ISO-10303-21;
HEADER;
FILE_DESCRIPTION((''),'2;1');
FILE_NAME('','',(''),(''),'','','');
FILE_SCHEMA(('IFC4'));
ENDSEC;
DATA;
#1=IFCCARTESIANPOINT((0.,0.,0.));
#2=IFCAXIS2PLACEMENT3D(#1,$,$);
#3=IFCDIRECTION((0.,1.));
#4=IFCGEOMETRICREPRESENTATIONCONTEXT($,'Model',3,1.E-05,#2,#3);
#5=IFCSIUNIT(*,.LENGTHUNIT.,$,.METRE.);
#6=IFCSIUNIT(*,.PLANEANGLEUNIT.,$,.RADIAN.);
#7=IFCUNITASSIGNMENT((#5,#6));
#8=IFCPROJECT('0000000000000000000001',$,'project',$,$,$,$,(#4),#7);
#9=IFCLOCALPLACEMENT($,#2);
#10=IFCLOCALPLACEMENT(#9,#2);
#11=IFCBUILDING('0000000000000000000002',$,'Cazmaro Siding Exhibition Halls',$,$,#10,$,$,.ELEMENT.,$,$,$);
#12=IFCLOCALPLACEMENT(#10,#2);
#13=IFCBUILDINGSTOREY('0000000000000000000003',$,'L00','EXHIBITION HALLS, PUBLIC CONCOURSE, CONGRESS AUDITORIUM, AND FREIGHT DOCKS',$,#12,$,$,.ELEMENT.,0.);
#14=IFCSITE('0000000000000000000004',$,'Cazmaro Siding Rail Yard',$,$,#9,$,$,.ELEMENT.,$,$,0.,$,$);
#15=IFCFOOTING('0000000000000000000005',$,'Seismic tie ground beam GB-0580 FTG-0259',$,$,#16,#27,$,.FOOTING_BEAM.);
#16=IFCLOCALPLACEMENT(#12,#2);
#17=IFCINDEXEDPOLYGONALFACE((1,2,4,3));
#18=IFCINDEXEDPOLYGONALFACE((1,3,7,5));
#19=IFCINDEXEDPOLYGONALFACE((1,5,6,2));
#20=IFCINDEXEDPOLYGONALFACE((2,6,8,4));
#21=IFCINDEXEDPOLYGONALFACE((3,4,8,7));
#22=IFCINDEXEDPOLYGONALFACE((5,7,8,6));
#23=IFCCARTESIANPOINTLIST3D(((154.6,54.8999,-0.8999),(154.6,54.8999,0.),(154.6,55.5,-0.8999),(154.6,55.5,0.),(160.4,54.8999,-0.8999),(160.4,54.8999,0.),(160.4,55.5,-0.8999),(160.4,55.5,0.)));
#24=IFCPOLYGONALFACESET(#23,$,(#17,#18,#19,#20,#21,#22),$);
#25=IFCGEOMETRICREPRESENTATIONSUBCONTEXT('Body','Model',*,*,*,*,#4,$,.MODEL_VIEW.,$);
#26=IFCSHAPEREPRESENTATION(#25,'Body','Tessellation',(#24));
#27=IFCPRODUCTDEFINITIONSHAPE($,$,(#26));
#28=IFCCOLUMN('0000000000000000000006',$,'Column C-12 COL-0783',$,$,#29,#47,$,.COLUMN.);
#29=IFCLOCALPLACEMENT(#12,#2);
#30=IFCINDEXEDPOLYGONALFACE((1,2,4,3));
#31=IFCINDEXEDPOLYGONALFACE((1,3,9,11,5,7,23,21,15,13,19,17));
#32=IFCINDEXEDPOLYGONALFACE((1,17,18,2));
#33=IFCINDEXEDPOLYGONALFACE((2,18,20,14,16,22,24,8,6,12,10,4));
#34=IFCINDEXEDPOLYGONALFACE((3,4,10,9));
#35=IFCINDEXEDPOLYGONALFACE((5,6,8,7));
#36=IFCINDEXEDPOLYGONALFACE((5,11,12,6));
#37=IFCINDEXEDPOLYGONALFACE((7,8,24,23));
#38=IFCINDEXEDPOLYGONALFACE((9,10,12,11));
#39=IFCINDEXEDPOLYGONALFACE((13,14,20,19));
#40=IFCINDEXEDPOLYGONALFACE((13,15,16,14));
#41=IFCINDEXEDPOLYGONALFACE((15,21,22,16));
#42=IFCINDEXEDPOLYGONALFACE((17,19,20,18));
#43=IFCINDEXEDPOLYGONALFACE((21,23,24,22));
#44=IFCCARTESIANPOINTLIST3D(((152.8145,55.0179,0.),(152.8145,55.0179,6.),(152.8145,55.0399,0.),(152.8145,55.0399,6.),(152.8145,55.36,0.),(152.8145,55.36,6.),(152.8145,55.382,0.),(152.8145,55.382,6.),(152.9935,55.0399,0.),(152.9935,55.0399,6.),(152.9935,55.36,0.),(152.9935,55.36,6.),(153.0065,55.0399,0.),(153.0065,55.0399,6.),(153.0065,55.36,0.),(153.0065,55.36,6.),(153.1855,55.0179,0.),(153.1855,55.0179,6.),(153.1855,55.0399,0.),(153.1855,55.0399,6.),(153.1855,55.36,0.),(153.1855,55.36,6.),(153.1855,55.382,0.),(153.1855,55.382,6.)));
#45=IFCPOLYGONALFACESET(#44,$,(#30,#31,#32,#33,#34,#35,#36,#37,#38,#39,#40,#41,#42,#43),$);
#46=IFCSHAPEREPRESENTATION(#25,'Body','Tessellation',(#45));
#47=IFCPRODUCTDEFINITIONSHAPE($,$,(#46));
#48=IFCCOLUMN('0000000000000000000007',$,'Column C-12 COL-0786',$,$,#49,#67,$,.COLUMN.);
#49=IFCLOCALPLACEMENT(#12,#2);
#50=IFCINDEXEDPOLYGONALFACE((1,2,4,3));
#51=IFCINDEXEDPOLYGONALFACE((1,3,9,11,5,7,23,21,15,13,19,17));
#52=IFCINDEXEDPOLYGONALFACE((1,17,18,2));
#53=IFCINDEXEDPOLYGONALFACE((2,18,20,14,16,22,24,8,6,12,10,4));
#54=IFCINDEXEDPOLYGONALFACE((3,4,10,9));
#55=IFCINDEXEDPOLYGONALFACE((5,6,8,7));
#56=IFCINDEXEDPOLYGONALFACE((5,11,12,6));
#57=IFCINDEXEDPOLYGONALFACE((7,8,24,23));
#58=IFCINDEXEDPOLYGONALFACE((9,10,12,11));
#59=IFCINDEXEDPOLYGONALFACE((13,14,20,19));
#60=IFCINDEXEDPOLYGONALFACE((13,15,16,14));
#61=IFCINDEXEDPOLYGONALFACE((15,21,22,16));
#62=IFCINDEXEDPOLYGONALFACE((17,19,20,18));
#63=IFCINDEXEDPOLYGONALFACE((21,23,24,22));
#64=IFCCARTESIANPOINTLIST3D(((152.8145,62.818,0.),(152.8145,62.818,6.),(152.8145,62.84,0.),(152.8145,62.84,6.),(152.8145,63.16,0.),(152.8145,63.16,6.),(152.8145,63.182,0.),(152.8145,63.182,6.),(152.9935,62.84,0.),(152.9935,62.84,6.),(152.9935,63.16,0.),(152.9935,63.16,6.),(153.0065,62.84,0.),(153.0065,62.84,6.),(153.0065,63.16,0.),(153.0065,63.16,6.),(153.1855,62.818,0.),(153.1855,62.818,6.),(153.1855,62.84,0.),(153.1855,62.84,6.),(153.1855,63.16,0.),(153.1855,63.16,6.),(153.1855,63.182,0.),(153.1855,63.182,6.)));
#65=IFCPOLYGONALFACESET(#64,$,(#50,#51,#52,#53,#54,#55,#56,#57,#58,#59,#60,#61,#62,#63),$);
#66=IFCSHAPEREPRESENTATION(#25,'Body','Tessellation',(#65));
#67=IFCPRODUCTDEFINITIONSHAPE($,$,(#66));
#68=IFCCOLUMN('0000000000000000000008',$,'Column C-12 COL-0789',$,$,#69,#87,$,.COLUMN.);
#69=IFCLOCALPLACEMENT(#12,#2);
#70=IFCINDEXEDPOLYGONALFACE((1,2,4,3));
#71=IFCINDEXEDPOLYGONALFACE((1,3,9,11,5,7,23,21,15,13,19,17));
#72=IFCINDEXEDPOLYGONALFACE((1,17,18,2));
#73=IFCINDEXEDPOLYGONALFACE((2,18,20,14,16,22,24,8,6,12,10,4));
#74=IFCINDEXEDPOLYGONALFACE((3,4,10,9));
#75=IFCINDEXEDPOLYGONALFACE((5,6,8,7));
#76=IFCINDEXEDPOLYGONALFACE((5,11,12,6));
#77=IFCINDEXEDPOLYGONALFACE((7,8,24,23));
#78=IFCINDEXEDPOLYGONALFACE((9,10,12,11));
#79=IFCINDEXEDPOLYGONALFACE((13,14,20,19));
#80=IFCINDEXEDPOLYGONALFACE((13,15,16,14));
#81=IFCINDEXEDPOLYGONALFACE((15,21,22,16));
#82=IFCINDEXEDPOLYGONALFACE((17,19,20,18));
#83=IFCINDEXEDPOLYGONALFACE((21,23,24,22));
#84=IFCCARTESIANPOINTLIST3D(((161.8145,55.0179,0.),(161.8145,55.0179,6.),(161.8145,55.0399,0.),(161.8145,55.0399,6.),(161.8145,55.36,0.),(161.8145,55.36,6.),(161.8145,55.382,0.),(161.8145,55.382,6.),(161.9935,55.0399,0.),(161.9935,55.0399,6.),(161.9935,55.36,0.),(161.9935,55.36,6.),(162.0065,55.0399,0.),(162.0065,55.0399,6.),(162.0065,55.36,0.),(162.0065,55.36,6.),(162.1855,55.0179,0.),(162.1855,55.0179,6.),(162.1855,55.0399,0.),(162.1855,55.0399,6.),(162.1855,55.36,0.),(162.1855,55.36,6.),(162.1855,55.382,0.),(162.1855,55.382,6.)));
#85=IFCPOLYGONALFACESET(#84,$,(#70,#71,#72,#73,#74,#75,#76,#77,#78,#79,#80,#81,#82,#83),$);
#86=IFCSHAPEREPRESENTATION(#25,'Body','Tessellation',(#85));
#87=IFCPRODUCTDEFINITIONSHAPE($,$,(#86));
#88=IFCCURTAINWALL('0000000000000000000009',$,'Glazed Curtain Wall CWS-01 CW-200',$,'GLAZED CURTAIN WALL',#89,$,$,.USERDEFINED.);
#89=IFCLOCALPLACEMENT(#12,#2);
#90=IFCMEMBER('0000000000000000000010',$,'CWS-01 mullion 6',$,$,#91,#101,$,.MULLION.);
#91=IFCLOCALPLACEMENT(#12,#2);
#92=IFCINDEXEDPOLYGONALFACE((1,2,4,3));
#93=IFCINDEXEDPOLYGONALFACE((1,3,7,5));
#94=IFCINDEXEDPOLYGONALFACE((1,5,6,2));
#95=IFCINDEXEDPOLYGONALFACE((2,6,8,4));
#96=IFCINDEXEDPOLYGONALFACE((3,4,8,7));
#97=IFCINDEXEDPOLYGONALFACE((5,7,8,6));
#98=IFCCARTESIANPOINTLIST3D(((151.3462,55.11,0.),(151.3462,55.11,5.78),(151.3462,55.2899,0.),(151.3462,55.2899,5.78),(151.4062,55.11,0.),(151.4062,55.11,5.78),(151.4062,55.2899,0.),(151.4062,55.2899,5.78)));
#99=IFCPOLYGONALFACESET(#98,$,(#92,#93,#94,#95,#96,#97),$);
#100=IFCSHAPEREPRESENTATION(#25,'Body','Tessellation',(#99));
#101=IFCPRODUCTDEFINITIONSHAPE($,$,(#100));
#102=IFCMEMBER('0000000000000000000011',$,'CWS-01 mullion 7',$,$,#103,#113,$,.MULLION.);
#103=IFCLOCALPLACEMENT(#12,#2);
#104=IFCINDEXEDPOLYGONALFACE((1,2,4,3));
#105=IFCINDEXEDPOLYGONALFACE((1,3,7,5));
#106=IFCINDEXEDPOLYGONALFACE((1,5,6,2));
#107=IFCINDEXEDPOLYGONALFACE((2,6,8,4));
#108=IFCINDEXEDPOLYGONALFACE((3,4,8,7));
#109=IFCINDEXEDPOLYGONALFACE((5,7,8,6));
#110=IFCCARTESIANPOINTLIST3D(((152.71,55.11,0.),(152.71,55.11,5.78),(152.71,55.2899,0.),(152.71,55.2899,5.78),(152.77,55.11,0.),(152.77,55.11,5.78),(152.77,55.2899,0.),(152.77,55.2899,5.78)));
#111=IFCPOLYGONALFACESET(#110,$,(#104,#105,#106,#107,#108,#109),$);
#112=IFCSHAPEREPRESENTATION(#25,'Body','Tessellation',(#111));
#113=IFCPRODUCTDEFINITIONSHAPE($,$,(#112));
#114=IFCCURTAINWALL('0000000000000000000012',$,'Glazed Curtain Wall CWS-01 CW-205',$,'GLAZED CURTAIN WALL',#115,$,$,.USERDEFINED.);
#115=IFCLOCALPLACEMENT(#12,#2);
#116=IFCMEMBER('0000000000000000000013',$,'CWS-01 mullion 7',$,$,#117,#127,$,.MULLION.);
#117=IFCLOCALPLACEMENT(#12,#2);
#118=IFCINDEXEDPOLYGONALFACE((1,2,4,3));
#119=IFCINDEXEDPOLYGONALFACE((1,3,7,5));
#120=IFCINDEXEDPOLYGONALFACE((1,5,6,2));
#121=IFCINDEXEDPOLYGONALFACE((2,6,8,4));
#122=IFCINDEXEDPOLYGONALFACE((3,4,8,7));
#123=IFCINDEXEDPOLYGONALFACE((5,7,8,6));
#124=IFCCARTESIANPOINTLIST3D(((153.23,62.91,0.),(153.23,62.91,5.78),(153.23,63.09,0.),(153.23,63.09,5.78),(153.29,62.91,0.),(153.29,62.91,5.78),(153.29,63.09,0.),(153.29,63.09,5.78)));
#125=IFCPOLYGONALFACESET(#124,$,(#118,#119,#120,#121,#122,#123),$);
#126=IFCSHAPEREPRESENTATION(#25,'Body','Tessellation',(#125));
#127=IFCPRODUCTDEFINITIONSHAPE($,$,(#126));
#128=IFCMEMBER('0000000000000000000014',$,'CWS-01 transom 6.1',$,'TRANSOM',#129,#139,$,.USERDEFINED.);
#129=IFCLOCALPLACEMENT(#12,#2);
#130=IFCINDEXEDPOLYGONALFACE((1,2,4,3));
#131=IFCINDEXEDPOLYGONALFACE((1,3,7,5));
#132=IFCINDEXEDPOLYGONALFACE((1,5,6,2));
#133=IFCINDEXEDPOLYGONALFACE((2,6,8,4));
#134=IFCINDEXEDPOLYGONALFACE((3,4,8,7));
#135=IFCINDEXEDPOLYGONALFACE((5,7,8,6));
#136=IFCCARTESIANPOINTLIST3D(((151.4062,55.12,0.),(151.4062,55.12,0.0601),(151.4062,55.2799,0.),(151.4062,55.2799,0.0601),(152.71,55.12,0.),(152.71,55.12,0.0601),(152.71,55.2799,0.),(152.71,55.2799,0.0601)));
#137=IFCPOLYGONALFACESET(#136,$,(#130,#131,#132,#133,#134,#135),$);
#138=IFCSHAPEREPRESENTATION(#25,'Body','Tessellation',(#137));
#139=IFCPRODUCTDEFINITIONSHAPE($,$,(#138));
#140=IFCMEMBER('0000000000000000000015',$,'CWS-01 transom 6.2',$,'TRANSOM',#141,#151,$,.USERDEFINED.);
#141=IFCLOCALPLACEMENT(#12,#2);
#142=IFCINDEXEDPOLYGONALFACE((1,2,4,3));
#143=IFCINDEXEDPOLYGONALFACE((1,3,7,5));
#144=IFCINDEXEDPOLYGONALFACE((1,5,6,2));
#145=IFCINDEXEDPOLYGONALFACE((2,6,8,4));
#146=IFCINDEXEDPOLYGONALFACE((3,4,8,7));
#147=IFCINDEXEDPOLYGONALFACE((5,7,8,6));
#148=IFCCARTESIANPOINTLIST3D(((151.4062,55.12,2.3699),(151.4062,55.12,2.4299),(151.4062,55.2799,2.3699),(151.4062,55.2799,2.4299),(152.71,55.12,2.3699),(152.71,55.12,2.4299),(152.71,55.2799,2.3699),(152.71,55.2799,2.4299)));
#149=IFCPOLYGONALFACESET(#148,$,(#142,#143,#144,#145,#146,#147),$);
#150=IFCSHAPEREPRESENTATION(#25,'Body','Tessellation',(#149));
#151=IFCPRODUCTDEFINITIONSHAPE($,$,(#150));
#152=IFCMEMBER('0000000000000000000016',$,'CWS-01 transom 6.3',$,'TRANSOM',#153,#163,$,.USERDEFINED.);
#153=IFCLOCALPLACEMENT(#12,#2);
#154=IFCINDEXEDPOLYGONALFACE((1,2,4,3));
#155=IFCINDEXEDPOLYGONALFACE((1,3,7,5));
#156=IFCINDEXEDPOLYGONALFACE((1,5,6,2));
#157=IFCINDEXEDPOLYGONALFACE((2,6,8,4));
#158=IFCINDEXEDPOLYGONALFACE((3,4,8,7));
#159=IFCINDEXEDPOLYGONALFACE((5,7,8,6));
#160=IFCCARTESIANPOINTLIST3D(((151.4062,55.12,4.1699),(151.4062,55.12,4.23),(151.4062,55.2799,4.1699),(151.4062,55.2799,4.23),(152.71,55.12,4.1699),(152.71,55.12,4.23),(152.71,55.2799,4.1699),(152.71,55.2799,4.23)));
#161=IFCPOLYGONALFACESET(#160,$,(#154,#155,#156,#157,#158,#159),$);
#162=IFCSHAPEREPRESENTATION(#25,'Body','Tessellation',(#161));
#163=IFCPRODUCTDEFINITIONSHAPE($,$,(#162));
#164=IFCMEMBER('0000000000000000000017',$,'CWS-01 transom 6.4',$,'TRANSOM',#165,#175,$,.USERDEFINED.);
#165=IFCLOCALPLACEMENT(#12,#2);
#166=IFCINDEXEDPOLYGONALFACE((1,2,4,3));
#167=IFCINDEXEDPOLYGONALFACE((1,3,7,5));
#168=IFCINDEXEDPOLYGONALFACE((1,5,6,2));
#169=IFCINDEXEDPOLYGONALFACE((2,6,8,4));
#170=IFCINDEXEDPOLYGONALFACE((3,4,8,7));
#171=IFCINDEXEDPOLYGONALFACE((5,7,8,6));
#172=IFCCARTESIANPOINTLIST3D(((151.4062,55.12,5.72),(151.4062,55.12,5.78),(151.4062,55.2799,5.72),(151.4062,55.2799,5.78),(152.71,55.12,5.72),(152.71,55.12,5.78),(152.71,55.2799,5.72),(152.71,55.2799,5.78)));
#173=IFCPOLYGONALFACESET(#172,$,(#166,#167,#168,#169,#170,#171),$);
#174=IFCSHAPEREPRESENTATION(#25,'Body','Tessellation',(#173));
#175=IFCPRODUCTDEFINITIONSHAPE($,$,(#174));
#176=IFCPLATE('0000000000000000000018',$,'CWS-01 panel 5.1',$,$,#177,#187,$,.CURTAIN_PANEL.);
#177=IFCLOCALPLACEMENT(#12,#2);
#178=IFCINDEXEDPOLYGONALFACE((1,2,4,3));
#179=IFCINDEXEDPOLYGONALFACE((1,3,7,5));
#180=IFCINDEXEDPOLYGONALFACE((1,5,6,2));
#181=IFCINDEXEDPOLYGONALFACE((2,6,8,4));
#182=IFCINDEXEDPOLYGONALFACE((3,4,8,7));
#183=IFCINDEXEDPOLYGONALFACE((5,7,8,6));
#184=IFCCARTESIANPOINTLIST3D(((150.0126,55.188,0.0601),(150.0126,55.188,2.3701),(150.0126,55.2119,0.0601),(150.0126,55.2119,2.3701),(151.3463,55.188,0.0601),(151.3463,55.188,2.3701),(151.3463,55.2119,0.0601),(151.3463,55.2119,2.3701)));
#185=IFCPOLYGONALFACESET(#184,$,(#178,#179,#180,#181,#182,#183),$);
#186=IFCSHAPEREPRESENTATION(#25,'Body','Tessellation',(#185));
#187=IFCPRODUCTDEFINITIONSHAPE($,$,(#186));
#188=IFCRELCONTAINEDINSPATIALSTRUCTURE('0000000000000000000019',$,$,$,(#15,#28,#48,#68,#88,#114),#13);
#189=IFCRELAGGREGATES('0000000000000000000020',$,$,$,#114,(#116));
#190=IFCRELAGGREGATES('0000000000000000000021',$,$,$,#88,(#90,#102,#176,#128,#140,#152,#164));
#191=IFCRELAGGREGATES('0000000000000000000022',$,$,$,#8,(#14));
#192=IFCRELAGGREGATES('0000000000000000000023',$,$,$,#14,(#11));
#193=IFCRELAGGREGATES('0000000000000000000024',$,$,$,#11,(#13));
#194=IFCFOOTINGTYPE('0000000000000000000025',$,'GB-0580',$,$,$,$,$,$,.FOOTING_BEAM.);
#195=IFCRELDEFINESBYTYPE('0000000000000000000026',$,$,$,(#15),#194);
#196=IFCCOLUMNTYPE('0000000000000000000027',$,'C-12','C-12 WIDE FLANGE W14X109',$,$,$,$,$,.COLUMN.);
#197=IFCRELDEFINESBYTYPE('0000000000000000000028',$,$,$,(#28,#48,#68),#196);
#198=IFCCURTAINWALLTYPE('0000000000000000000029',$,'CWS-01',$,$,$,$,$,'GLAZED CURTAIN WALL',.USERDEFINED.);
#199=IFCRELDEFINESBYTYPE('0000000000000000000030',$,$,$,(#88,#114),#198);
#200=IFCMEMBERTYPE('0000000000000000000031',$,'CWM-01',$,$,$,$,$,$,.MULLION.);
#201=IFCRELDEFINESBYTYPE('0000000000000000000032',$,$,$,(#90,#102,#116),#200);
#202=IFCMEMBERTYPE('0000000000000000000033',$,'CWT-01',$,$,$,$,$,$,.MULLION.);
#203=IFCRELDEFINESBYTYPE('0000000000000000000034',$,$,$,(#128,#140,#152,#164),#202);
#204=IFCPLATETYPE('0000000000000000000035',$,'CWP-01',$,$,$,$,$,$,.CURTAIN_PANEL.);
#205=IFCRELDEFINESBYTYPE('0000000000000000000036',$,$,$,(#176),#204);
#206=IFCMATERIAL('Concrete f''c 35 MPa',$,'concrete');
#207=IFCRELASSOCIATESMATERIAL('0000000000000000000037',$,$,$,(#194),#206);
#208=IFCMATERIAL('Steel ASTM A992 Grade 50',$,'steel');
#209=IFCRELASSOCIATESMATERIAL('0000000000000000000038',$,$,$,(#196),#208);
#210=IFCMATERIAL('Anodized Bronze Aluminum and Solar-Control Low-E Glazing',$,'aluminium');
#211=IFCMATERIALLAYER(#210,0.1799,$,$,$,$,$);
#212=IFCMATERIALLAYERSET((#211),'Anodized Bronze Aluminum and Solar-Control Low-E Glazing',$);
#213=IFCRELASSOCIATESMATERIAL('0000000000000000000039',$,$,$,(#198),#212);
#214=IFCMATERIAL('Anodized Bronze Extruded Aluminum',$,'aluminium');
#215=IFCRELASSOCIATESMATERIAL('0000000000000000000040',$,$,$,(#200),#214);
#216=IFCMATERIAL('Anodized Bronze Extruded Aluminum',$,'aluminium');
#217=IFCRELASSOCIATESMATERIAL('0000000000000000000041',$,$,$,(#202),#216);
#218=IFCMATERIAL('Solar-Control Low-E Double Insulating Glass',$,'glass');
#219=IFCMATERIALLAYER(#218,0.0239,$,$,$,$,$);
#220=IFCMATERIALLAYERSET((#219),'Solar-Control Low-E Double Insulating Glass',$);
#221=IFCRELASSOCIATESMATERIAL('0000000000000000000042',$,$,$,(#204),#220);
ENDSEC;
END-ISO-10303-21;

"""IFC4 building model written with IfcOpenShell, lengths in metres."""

from ifc_helpers import new_model, si_unit, direction, frame, origin, origin_2d, place, context, subcontext, project, spatial, rectangle, i_section, extrude, material, layer, layer_set, material_profile, profile_set, type_object, element, aggregate, save


model = new_model("IFC4")

# Units and contexts
model_context = context("Model", 3, precision=1e-05, world=origin(), true_north=direction((0.0, 1.0)))
body_context = subcontext(model_context, "Body", "Model", "MODEL_VIEW")
ifc_project = project(units=[si_unit("LENGTHUNIT", "METRE"), si_unit("PLANEANGLEUNIT", "RADIAN")], contexts=[model_context])

# Site, building, storey
site_placement = place(None, origin())
site = spatial("IfcSite", under=ifc_project, at=site_placement, Name="Cazmaro Siding Rail Yard", CompositionType="ELEMENT", RefElevation=0.0)
building_placement = place(site_placement, origin())
building = spatial("IfcBuilding", under=site, at=building_placement, Name="Cazmaro Siding Exhibition Halls", CompositionType="ELEMENT")
storey_placement = place(building_placement, origin())
storey = spatial("IfcBuildingStorey", under=building, at=storey_placement, Name="L00", Description="EXHIBITION HALLS, PUBLIC CONCOURSE, CONGRESS AUDITORIUM, AND FREIGHT DOCKS", CompositionType="ELEMENT", Elevation=0.0)

# Footing
ifc_material_1 = material(Name="Concrete f'c 35 MPa", Category="concrete")
footing_type = type_object("IfcFootingType", Name="GB-0580", PredefinedType="FOOTING_BEAM", material=ifc_material_1)
footing_placement = place(storey_placement, frame((157.5, 55.2, -0.8999), z_axis=(0.0, 0.0, 1.0), x_axis=(1.0, 0.0, 0.0)))
element("IfcFooting", 1, at=footing_placement, inside=storey, type_object=footing_type, Name="Seismic tie ground beam GB-0580 FTG-0259", PredefinedType="FOOTING_BEAM", context=body_context, shape_type="SweptSolid", body=[
    extrude(rectangle(XDim=5.8, YDim=0.6001, at=origin_2d()), origin(), (0.0, 0.0, 1.0), 0.8999),
])

# Columns
ifc_material_2 = material(Name="Steel ASTM A992 Grade 50", Category="steel")
ifc_material_profile_1 = material_profile(ifc_material_2, i_section(OverallWidth=0.3711, OverallDepth=0.364, WebThickness=0.0129, FlangeThickness=0.022, at=origin_2d()), Name="W14X109")
ifc_profile_set_1 = profile_set([ifc_material_profile_1], Name="Steel ASTM A992 Grade 50")
column_type = type_object("IfcColumnType", Name="C-12", Description="C-12 WIDE FLANGE W14X109", PredefinedType="COLUMN", material=ifc_profile_set_1)
for number, where, z_axis, x_axis, name in (
    (2, (153.0, 55.2, 0.0), (0.0, 0.0, 1.0), (1.0, 0.0, 0.0), "Column C-12 COL-0783"),
    (3, (153.0, 63.0, 0.0), (0.0, 0.0, 1.0), (1.0, 0.0, 0.0), "Column C-12 COL-0786"),
    (4, (162.0, 55.2, 0.0), (0.0, 0.0, 1.0), (1.0, 0.0, 0.0), "Column C-12 COL-0789"),
):
    element("IfcColumn", number, at=place(storey_placement, frame(where, z_axis=z_axis, x_axis=x_axis)), inside=storey, type_object=column_type, Name=name, PredefinedType="COLUMN", context=body_context, shape_type="SweptSolid", body=[
        extrude(i_section(OverallWidth=0.3711, OverallDepth=0.364, WebThickness=0.0129, FlangeThickness=0.022, at=origin_2d()), origin(), (0.0, 0.0, 1.0), 6.0),
    ])

# Curtain wall, members
ifc_material_3 = material(Name="Anodized Bronze Aluminum and Solar-Control Low-E Glazing", Category="aluminium")
ifc_layer_1 = layer(ifc_material_3, 0.1799)
ifc_layer_set_1 = layer_set([ifc_layer_1], Name="Anodized Bronze Aluminum and Solar-Control Low-E Glazing")
curtain_wall_type = type_object("IfcCurtainWallType", Name="CWS-01", ElementType="GLAZED CURTAIN WALL", PredefinedType="USERDEFINED", material=ifc_layer_set_1)
curtain_wall_1_placement = place(storey_placement, origin())
curtain_wall_1 = element("IfcCurtainWall", 5, at=curtain_wall_1_placement, inside=storey, type_object=curtain_wall_type, Name="Glazed Curtain Wall CWS-01 CW-200", ObjectType="GLAZED CURTAIN WALL", PredefinedType="USERDEFINED")
ifc_material_4 = material(Name="Anodized Bronze Extruded Aluminum", Category="aluminium")
ifc_material_profile_2 = material_profile(ifc_material_4, rectangle(XDim=0.1799, YDim=0.0601, at=origin_2d()), Name="CWM-01")
ifc_profile_set_2 = profile_set([ifc_material_profile_2], Name="Anodized Bronze Extruded Aluminum")
member_type_1 = type_object("IfcMemberType", Name="CWM-01", PredefinedType="MULLION", material=ifc_profile_set_2)
member_1_placement = place(storey_placement, frame((151.3762, 55.2, 0.0), z_axis=(0.0, 0.0, 1.0), x_axis=(0.0, 1.0, 0.0)))
member_1 = element("IfcMember", 6, at=member_1_placement, type_object=member_type_1, Name="CWS-01 mullion 6", PredefinedType="MULLION", context=body_context, shape_type="SweptSolid", body=[
    extrude(rectangle(XDim=0.1799, YDim=0.0601, at=origin_2d()), origin(), (0.0, 0.0, 1.0), 5.78),
])
member_2_placement = place(storey_placement, frame((152.74, 55.2, 0.0), z_axis=(0.0, 0.0, 1.0), x_axis=(0.0, 1.0, 0.0)))
member_2 = element("IfcMember", 7, at=member_2_placement, type_object=member_type_1, Name="CWS-01 mullion 7", PredefinedType="MULLION", context=body_context, shape_type="SweptSolid", body=[
    extrude(rectangle(XDim=0.1799, YDim=0.0601, at=origin_2d()), origin(), (0.0, 0.0, 1.0), 5.78),
])

# Curtain wall, member
curtain_wall_2_placement = place(storey_placement, origin())
curtain_wall_2 = element("IfcCurtainWall", 8, at=curtain_wall_2_placement, inside=storey, type_object=curtain_wall_type, Name="Glazed Curtain Wall CWS-01 CW-205", ObjectType="GLAZED CURTAIN WALL", PredefinedType="USERDEFINED")
member_3_placement = place(storey_placement, frame((153.26, 63.0, 0.0), z_axis=(0.0, 0.0, 1.0), x_axis=(0.0, -1.0, 0.0)))
member_3 = element("IfcMember", 9, at=member_3_placement, type_object=member_type_1, Name="CWS-01 mullion 7", PredefinedType="MULLION", context=body_context, shape_type="SweptSolid", body=[
    extrude(rectangle(XDim=0.1799, YDim=0.0601, at=origin_2d()), origin(), (0.0, 0.0, 1.0), 5.78),
])
aggregate(curtain_wall_2, [member_3])

# Members
ifc_material_5 = material(Name="Anodized Bronze Extruded Aluminum", Category="aluminium")
ifc_material_profile_3 = material_profile(ifc_material_5, rectangle(XDim=0.1599, YDim=0.0601, at=origin_2d()), Name="CWT-01")
ifc_profile_set_3 = profile_set([ifc_material_profile_3], Name="Anodized Bronze Extruded Aluminum")
member_type_2 = type_object("IfcMemberType", Name="CWT-01", PredefinedType="MULLION", material=ifc_profile_set_3)
member_4_placement = place(storey_placement, frame((151.4062, 55.2, 0.03), z_axis=(1.0, 0.0, 0.0), x_axis=(0.0, 1.0, 0.0)))
member_4 = element("IfcMember", 10, at=member_4_placement, type_object=member_type_2, Name="CWS-01 transom 6.1", ObjectType="TRANSOM", PredefinedType="USERDEFINED", context=body_context, shape_type="SweptSolid", body=[
    extrude(rectangle(XDim=0.1599, YDim=0.0601, at=origin_2d()), origin(), (0.0, 0.0, 1.0), 1.3037),
])
member_5_placement = place(storey_placement, frame((151.4062, 55.2, 2.3999), z_axis=(1.0, 0.0, 0.0), x_axis=(0.0, 1.0, 0.0)))
member_5 = element("IfcMember", 11, at=member_5_placement, type_object=member_type_2, Name="CWS-01 transom 6.2", ObjectType="TRANSOM", PredefinedType="USERDEFINED", context=body_context, shape_type="SweptSolid", body=[
    extrude(rectangle(XDim=0.1599, YDim=0.0601, at=origin_2d()), origin(), (0.0, 0.0, 1.0), 1.3037),
])
member_6_placement = place(storey_placement, frame((151.4062, 55.2, 4.2), z_axis=(1.0, 0.0, 0.0), x_axis=(0.0, 1.0, 0.0)))
member_6 = element("IfcMember", 12, at=member_6_placement, type_object=member_type_2, Name="CWS-01 transom 6.3", ObjectType="TRANSOM", PredefinedType="USERDEFINED", context=body_context, shape_type="SweptSolid", body=[
    extrude(rectangle(XDim=0.1599, YDim=0.0601, at=origin_2d()), origin(), (0.0, 0.0, 1.0), 1.3037),
])
member_7_placement = place(storey_placement, frame((151.4062, 55.2, 5.75), z_axis=(1.0, 0.0, 0.0), x_axis=(0.0, 1.0, 0.0)))
member_7 = element("IfcMember", 13, at=member_7_placement, type_object=member_type_2, Name="CWS-01 transom 6.4", ObjectType="TRANSOM", PredefinedType="USERDEFINED", context=body_context, shape_type="SweptSolid", body=[
    extrude(rectangle(XDim=0.1599, YDim=0.0601, at=origin_2d()), origin(), (0.0, 0.0, 1.0), 1.3037),
])

# Plate
ifc_material_6 = material(Name="Solar-Control Low-E Double Insulating Glass", Category="glass")
ifc_layer_2 = layer(ifc_material_6, 0.0239)
ifc_layer_set_2 = layer_set([ifc_layer_2], Name="Solar-Control Low-E Double Insulating Glass")
plate_type = type_object("IfcPlateType", Name="CWP-01", PredefinedType="CURTAIN_PANEL", material=ifc_layer_set_2)
plate_1_placement = place(storey_placement, frame((150.6794, 55.2, 0.0601), z_axis=(0.0, 0.0, 1.0), x_axis=(1.0, 0.0, 0.0)))
plate_1 = element("IfcPlate", 14, at=plate_1_placement, type_object=plate_type, Name="CWS-01 panel 5.1", PredefinedType="CURTAIN_PANEL", context=body_context, shape_type="SweptSolid", body=[
    extrude(rectangle(XDim=1.3337, YDim=0.0239, at=origin_2d()), origin(), (0.0, 0.0, 1.0), 2.3101),
])
aggregate(curtain_wall_1, [member_1, member_2, plate_1, member_4, member_5, member_6, member_7])

save(model, "model.ifc")
